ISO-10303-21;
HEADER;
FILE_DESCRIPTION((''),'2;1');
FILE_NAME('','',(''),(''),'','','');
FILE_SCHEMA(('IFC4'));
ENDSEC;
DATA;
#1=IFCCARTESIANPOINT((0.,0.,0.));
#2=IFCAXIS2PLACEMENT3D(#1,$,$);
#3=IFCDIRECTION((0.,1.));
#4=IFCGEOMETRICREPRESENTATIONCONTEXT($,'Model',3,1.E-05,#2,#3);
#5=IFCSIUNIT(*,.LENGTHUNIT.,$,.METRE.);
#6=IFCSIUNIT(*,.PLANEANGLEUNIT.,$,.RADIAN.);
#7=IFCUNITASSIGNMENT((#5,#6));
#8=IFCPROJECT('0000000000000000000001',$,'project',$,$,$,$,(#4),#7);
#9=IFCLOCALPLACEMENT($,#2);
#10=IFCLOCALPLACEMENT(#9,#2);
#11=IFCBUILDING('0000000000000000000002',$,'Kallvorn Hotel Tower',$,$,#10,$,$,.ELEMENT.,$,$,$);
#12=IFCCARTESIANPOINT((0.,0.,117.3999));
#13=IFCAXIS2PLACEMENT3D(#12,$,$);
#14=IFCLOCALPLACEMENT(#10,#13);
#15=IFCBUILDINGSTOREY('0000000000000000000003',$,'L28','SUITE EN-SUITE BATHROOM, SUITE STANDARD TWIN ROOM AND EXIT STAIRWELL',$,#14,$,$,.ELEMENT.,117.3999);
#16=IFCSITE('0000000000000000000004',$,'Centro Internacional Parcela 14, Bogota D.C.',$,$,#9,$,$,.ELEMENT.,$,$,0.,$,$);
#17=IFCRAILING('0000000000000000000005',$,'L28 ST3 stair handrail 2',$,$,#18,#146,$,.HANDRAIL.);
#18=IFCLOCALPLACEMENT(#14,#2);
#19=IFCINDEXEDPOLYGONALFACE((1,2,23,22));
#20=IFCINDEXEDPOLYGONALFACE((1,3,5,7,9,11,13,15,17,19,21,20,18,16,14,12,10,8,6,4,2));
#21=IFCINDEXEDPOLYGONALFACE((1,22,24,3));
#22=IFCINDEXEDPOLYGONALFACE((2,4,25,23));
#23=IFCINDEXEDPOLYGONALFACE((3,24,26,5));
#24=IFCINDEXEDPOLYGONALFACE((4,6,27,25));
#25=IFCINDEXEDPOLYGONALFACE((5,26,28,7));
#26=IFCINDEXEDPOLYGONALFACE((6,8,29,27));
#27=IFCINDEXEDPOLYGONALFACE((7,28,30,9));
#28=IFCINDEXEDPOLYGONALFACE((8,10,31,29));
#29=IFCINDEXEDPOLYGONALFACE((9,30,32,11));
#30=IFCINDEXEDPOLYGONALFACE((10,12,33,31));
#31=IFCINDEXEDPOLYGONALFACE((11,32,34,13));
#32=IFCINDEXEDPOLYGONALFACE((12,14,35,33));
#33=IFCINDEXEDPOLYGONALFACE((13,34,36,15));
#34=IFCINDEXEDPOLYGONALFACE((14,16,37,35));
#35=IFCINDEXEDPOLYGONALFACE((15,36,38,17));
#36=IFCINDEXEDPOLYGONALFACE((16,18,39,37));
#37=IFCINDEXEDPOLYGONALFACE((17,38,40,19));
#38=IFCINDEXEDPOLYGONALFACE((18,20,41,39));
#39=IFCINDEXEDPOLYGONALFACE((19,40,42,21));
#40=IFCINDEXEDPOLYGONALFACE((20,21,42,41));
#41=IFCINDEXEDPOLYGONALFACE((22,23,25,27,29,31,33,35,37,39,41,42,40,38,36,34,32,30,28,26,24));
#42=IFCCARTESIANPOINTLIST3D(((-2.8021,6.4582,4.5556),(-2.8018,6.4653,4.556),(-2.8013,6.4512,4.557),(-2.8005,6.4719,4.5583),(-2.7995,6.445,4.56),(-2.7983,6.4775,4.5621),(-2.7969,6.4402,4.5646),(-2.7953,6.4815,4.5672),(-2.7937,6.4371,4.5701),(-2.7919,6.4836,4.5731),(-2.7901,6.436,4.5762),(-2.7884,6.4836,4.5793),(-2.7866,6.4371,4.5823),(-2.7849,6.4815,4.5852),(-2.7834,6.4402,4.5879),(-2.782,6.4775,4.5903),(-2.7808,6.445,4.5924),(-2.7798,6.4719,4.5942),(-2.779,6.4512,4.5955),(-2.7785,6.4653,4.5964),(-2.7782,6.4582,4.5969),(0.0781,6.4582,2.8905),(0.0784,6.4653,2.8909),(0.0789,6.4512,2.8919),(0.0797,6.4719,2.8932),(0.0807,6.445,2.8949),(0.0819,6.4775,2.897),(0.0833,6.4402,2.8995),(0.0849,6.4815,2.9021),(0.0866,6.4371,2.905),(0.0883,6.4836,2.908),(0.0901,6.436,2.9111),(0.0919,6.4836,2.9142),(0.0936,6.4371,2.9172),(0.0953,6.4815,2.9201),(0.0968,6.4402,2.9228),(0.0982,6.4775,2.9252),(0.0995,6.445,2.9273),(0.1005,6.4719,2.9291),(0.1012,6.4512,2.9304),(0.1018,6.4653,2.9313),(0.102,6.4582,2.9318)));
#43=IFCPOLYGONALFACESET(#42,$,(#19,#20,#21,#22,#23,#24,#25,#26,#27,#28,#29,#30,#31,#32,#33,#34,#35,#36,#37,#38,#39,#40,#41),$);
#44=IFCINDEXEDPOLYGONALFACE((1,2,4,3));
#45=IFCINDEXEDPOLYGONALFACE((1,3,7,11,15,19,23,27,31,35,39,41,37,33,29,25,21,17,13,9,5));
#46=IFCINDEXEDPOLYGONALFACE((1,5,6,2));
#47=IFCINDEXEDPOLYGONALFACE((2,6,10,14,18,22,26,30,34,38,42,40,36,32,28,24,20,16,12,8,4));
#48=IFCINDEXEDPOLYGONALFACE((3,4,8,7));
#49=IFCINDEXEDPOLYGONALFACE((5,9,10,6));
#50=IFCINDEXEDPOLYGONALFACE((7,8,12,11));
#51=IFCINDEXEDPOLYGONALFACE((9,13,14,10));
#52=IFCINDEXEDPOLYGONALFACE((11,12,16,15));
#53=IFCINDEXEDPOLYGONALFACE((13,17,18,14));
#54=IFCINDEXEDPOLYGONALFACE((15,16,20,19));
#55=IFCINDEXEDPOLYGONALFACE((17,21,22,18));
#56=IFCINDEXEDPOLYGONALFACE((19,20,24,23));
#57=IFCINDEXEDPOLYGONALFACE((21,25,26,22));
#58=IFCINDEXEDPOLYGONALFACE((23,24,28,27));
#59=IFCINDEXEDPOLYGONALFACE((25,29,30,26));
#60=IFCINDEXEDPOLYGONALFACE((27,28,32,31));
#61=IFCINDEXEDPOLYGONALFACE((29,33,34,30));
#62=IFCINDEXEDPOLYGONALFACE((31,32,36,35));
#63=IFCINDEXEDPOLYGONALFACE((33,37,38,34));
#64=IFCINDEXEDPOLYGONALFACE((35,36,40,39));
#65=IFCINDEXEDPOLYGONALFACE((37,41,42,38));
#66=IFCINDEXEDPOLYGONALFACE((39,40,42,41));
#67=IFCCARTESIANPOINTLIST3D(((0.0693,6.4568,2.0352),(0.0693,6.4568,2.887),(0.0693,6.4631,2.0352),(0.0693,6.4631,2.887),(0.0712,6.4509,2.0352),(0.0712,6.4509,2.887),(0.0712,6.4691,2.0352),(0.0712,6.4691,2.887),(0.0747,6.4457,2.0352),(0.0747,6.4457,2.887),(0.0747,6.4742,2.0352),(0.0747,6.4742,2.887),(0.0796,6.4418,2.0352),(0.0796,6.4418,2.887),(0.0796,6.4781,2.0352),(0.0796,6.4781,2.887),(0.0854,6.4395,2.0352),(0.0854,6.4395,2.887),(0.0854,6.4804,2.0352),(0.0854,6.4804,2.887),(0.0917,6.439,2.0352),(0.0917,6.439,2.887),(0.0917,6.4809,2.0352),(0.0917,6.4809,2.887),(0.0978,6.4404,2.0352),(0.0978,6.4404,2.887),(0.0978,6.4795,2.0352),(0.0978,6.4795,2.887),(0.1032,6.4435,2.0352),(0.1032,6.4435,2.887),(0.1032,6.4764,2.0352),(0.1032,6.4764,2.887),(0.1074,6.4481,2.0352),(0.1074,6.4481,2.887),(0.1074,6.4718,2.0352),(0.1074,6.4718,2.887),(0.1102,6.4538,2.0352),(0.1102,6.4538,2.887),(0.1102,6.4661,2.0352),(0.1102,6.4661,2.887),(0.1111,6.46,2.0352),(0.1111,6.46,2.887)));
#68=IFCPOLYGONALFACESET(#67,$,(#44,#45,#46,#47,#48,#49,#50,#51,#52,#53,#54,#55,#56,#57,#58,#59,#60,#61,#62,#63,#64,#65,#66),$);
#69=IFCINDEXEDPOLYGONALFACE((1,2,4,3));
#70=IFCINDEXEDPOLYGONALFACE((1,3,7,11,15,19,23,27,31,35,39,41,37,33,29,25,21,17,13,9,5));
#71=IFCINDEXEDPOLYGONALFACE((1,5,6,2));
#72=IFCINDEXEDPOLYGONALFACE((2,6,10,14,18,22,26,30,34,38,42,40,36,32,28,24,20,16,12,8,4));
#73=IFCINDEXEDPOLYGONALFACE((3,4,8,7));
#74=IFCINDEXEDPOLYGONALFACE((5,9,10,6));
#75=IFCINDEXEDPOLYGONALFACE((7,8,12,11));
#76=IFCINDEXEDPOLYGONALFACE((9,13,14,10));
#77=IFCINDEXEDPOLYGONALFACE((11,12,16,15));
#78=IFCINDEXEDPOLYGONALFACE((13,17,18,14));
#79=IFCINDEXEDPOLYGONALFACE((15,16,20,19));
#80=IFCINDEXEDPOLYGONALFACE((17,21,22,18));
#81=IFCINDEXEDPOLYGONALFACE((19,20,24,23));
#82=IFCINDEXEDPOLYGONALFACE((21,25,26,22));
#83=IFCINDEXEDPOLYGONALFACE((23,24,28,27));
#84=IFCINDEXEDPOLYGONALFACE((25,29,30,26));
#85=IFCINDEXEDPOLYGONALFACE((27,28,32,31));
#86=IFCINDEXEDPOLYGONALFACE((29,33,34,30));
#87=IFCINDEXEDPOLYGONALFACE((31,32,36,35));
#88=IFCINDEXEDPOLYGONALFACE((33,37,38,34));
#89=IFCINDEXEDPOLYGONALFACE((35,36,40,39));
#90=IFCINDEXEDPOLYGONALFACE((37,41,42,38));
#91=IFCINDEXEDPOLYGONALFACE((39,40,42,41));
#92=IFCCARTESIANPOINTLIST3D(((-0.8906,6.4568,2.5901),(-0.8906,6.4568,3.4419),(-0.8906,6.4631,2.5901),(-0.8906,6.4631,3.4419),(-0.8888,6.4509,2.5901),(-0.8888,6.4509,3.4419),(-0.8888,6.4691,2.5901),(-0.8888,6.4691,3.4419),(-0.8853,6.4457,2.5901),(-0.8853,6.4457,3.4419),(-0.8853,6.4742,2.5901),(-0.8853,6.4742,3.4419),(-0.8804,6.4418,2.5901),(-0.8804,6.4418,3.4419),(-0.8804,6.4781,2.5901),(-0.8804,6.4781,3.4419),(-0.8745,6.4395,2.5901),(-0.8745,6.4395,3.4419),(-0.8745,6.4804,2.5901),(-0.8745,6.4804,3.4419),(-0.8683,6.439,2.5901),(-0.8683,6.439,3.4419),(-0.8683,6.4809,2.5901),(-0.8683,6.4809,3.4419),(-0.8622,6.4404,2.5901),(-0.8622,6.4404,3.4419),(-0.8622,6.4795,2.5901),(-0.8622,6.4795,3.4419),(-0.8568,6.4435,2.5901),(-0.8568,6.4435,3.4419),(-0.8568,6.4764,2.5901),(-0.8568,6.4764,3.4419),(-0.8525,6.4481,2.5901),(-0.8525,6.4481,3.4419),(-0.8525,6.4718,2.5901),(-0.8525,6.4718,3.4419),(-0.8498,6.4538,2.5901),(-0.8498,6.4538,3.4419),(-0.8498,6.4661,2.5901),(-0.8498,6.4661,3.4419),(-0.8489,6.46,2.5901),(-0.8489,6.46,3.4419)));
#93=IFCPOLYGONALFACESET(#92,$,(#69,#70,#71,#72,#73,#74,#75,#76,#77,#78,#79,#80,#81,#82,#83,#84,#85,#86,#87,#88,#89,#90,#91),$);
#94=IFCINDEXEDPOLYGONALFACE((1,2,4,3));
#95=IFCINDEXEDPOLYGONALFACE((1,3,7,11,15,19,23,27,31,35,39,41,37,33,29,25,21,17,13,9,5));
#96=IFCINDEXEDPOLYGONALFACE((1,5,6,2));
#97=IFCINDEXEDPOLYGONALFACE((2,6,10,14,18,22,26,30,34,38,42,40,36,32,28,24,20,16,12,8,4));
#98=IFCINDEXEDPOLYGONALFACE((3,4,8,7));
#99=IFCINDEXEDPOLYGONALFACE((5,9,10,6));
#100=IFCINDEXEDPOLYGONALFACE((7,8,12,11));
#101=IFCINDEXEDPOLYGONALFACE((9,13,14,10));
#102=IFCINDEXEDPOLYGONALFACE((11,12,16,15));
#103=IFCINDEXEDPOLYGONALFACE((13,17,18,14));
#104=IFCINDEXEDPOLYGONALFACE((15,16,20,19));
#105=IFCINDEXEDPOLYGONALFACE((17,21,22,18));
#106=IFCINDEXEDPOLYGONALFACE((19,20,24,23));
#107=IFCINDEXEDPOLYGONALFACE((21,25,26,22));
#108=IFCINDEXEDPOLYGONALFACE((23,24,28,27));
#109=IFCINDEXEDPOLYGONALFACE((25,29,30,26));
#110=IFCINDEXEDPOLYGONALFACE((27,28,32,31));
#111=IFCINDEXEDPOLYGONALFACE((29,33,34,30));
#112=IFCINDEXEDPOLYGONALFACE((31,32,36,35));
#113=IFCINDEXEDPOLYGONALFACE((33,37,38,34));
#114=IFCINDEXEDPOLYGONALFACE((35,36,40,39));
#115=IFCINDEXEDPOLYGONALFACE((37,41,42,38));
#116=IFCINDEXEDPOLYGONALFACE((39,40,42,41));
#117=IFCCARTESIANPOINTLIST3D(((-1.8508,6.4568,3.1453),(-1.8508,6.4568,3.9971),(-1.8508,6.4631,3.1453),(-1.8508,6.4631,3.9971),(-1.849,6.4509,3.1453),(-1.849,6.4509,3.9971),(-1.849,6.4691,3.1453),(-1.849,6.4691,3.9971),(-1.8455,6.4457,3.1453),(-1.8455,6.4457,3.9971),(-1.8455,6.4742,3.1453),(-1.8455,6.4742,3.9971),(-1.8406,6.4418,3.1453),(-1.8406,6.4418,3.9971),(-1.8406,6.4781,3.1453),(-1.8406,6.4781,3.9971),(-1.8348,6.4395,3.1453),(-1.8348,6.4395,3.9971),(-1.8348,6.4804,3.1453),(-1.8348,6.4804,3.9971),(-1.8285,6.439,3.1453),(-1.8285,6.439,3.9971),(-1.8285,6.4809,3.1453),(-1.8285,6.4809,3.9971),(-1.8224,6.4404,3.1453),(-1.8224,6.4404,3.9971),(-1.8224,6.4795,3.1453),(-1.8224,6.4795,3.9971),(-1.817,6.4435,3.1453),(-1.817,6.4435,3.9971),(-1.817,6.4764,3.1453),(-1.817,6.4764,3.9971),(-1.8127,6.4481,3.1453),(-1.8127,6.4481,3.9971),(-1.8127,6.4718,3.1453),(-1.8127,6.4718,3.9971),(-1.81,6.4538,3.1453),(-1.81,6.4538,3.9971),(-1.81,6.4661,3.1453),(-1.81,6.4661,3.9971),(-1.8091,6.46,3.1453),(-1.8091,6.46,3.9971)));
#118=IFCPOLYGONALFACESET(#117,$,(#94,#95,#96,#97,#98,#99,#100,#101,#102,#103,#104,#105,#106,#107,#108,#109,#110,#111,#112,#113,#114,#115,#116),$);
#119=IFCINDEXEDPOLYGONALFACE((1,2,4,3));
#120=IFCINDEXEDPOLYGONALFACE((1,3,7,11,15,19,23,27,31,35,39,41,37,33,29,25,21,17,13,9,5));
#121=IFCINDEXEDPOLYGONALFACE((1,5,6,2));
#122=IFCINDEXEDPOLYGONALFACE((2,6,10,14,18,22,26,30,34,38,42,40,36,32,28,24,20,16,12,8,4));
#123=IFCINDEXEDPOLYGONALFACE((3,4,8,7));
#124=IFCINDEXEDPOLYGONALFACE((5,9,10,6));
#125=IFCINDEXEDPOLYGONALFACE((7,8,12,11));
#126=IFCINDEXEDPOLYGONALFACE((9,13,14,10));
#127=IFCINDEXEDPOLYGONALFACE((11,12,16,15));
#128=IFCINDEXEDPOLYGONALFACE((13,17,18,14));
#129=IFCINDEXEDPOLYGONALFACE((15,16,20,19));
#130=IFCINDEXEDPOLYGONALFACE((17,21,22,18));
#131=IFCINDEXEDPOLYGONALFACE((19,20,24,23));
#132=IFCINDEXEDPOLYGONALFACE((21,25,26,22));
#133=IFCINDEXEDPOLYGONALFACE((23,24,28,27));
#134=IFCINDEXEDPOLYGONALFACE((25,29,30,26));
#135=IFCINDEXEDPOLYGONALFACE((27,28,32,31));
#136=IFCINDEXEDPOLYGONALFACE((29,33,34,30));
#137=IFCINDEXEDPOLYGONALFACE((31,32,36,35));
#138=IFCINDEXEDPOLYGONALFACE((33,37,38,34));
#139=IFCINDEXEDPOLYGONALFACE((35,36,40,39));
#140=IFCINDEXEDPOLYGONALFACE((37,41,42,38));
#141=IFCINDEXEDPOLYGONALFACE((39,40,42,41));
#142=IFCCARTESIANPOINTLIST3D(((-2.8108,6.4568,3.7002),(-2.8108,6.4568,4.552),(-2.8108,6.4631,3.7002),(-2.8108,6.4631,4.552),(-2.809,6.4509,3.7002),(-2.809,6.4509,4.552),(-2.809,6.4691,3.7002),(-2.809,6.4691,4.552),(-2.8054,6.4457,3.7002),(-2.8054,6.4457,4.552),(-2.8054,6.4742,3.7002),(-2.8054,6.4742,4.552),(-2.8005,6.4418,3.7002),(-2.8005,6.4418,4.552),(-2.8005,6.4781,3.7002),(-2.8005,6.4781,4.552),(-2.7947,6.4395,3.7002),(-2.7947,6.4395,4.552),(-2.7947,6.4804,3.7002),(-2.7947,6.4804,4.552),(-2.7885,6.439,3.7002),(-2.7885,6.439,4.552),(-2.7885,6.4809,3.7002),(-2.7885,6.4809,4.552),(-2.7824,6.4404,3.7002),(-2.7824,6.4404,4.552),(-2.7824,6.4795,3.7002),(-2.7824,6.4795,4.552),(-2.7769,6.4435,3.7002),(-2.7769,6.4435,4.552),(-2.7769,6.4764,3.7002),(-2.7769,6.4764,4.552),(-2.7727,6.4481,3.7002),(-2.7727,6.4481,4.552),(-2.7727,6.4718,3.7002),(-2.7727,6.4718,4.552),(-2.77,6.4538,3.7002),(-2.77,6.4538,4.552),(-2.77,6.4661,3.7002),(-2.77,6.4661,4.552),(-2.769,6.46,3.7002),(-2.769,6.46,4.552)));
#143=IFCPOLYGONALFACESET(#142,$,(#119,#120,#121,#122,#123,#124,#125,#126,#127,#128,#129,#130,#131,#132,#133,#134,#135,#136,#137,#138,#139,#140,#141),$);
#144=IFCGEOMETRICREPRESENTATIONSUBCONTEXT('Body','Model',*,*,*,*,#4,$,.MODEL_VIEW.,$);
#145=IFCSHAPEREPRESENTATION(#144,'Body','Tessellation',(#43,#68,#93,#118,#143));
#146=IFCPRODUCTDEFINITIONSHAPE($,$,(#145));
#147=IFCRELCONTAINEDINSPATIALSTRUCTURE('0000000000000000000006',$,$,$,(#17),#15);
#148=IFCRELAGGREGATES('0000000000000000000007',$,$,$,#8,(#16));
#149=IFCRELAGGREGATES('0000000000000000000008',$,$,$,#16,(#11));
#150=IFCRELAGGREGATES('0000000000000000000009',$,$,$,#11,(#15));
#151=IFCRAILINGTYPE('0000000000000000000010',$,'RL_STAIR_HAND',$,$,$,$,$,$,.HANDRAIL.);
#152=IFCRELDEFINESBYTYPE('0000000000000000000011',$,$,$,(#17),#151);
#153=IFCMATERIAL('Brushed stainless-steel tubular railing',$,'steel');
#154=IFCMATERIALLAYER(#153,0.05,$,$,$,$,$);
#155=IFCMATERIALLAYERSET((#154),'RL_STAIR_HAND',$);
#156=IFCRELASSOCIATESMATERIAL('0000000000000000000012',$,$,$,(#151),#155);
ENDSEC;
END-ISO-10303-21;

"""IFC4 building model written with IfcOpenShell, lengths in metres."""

from ifc_helpers import new_model, si_unit, direction, frame, origin, origin_2d, place, context, subcontext, project, spatial, circle, extrude, material, layer, layer_set, type_object, element, save


model = new_model("IFC4")

# Units and contexts
model_context = context("Model", 3, precision=1e-05, world=origin(), true_north=direction((0.0, 1.0)))
body_context = subcontext(model_context, "Body", "Model", "MODEL_VIEW")
ifc_project = project(units=[si_unit("LENGTHUNIT", "METRE"), si_unit("PLANEANGLEUNIT", "RADIAN")], contexts=[model_context])

# Site, building, storey
site_placement = place(None, origin())
site = spatial("IfcSite", under=ifc_project, at=site_placement, Name="Centro Internacional Parcela 14, Bogota D.C.", CompositionType="ELEMENT", RefElevation=0.0)
building_placement = place(site_placement, origin())
building = spatial("IfcBuilding", under=site, at=building_placement, Name="Kallvorn Hotel Tower", CompositionType="ELEMENT")
storey_placement = place(building_placement, frame((0.0, 0.0, 117.3999)))
storey = spatial("IfcBuildingStorey", under=building, at=storey_placement, Name="L28", Description="SUITE EN-SUITE BATHROOM, SUITE STANDARD TWIN ROOM AND EXIT STAIRWELL", CompositionType="ELEMENT", Elevation=117.3999)

# Railing
ifc_material_1 = material(Name="Brushed stainless-steel tubular railing", Category="steel")
ifc_layer_1 = layer(ifc_material_1, 0.05)
ifc_layer_set_1 = layer_set([ifc_layer_1], Name="RL_STAIR_HAND")
railing_type_1 = type_object("IfcRailingType", Name="RL_STAIR_HAND", PredefinedType="HANDRAIL", material=ifc_layer_set_1)
railing_1_placement = place(storey_placement, frame((0.0901, 6.46, 2.0352)))
element("IfcRailing", 1, at=railing_1_placement, inside=storey, type_object=railing_type_1, Name="L28 ST3 stair handrail 2", PredefinedType="HANDRAIL", context=body_context, shape_type="SweptSolid", body=[
    extrude(circle(Radius=0.0239, at=origin_2d()), frame((0.0, 0.0, 0.876), z_axis=(-0.865739, 0.0, 0.500495), x_axis=(0.0, -1.0, 0.0)), (0.0, 0.0, 1.0), 3.3269),
    extrude(circle(Radius=0.021, at=origin_2d()), origin(), (0.0, 0.0, 1.0), 0.8518),
    extrude(circle(Radius=0.021, at=origin_2d()), frame((-0.96, 0.0, 0.5549)), (0.0, 0.0, 1.0), 0.8518),
    extrude(circle(Radius=0.021, at=origin_2d()), frame((-1.9202, 0.0, 1.1101)), (0.0, 0.0, 1.0), 0.8518),
    extrude(circle(Radius=0.021, at=origin_2d()), frame((-2.8801, 0.0, 1.665)), (0.0, 0.0, 1.0), 0.8518),
])

save(model, "model.ifc")
